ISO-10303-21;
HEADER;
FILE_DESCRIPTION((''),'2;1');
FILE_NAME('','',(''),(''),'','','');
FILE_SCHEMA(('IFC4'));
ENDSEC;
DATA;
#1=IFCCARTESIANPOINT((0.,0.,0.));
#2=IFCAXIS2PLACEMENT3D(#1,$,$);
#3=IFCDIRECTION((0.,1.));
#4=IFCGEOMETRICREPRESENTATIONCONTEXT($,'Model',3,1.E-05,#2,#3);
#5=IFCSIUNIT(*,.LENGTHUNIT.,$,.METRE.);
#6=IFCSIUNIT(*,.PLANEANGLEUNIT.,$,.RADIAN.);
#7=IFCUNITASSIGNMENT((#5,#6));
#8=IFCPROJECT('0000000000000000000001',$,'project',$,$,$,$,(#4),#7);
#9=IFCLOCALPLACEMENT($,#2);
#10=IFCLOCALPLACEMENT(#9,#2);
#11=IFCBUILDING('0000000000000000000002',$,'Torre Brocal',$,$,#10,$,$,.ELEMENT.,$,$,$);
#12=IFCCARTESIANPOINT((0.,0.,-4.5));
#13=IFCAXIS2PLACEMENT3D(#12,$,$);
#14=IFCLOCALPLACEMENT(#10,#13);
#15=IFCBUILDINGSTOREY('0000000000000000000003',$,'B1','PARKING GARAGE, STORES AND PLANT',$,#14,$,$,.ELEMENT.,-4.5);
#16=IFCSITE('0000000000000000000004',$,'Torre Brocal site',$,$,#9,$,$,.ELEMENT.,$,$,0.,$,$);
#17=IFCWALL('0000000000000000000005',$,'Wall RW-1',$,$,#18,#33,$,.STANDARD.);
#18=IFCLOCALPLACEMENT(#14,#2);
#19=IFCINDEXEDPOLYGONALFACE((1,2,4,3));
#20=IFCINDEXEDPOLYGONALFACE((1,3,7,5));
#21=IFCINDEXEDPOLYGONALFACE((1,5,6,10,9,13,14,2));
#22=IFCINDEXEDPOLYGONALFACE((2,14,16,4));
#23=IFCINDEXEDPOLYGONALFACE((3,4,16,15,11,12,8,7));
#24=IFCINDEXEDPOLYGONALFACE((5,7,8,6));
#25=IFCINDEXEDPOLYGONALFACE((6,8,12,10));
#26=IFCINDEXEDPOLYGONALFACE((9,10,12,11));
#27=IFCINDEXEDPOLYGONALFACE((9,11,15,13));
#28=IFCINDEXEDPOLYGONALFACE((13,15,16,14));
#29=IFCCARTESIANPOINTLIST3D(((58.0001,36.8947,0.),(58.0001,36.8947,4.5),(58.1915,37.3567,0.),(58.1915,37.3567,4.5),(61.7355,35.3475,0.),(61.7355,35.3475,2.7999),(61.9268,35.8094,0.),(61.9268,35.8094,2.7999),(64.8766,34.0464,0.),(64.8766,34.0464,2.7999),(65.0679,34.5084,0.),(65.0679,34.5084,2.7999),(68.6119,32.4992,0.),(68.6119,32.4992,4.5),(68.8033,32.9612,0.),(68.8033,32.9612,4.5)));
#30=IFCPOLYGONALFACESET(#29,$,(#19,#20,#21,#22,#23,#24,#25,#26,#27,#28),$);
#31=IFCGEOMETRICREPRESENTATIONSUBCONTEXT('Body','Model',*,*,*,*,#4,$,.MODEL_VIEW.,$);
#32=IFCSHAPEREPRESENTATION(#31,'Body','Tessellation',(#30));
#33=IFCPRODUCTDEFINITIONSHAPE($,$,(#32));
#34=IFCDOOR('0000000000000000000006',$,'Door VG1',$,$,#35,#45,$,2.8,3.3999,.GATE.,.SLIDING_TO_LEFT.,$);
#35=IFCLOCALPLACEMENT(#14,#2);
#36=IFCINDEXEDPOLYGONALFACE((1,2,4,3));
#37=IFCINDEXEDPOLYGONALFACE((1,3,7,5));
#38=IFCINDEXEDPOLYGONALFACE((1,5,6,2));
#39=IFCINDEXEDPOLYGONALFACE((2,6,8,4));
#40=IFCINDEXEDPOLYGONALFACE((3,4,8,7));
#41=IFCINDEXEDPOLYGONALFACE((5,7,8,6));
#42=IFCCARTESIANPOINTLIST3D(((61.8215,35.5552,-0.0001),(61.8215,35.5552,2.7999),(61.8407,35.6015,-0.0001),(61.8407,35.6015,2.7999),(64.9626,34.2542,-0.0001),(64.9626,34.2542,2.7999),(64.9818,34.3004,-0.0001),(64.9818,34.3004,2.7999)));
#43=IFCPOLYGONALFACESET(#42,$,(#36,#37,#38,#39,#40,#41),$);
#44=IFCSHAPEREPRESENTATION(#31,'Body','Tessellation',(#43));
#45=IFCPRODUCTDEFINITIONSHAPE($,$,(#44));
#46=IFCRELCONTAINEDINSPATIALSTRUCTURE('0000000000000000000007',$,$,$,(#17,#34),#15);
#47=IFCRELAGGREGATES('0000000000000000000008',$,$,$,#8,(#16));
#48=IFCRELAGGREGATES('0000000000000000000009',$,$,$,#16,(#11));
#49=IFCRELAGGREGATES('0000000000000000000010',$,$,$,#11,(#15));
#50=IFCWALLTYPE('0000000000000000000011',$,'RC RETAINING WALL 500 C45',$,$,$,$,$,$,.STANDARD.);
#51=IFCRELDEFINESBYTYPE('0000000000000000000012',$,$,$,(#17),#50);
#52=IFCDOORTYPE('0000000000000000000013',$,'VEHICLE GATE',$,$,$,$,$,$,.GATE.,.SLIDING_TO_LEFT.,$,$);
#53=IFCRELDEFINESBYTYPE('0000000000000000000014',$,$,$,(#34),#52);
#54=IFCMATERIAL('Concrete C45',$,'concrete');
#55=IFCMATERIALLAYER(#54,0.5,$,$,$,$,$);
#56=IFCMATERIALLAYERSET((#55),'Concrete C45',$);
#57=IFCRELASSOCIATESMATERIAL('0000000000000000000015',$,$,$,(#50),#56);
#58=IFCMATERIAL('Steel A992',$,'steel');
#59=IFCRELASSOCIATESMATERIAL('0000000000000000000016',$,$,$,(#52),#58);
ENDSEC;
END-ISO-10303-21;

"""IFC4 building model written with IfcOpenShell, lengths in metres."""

from ifc_helpers import new_model, si_unit, direction, frame, frame_2d, origin, place, context, subcontext, project, spatial, rectangle, extrude, material, layer, layer_set, type_object, element, fill, save


model = new_model("IFC4")

# Units and contexts
model_context = context("Model", 3, precision=1e-05, world=origin(), true_north=direction((0.0, 1.0)))
body_context = subcontext(model_context, "Body", "Model", "MODEL_VIEW")
ifc_project = project(units=[si_unit("LENGTHUNIT", "METRE"), si_unit("PLANEANGLEUNIT", "RADIAN")], contexts=[model_context])

# Site, building, storey
site_placement = place(None, origin())
site = spatial("IfcSite", under=ifc_project, at=site_placement, Name="Torre Brocal site", CompositionType="ELEMENT", RefElevation=0.0)
building_placement = place(site_placement, origin())
building = spatial("IfcBuilding", under=site, at=building_placement, Name="Torre Brocal", CompositionType="ELEMENT")
storey_placement = place(building_placement, frame((0.0, 0.0, -4.5)))
storey = spatial("IfcBuildingStorey", under=building, at=storey_placement, Name="B1", Description="PARKING GARAGE, STORES AND PLANT", CompositionType="ELEMENT", Elevation=-4.5)

# Shared definitions
ifc_material_1 = material(Name="Concrete C45", Category="concrete")
ifc_layer_1 = layer(ifc_material_1, 0.5)
ifc_layer_set_1 = layer_set([ifc_layer_1], Name="Concrete C45")
wall_type_1 = type_object("IfcWallType", Name="RC RETAINING WALL 500 C45", PredefinedType="STANDARD", material=ifc_layer_set_1)

# Wall, opening, door
wall_1_placement = place(storey_placement, frame((58.0957, 37.1257, 0.0), z_axis=(0.0, 0.0, 1.0), x_axis=(0.923881, -0.38268, 0.0)))
wall_1 = element("IfcWall", 1, at=wall_1_placement, inside=storey, type_object=wall_type_1, Name="Wall RW-1", PredefinedType="STANDARD", context=body_context, shape_type="SweptSolid", body=[
    extrude(rectangle(XDim=11.4861, YDim=0.5, at=frame_2d((5.7432, 0.0))), origin(), (0.0, 0.0, 1.0), 4.5),
])
opening_placement = place(wall_1_placement, frame((4.0432, 0.0, 0.0)))
opening = element("IfcOpeningElement", 2, at=opening_placement, cuts=wall_1, PredefinedType="OPENING", context=body_context, shape_type="SweptSolid", body=[
    extrude(rectangle(XDim=3.3999, YDim=2.8, at=frame_2d((1.7, 1.3999))), frame((0.0, 0.26, 0.0), z_axis=(0.0, -1.0, 0.0), x_axis=(1.0, 0.0, 0.0)), (0.0, 0.0, 1.0), 0.52),
])
ifc_material_2 = material(Name="Steel A992", Category="steel")
door_type = type_object("IfcDoorType", Name="VEHICLE GATE", OperationType="SLIDING_TO_LEFT", PredefinedType="GATE", material=ifc_material_2)
door_placement = place(opening_placement, origin())
door = element("IfcDoor", 3, at=door_placement, inside=storey, type_object=door_type, Name="Door VG1", OperationType="SLIDING_TO_LEFT", OverallHeight=2.8, OverallWidth=3.3999, PredefinedType="GATE", context=body_context, shape_type="SweptSolid", body=[
    extrude(rectangle(XDim=3.3999, YDim=2.8, at=frame_2d((1.7, 1.3999))), frame((0.0, 0.0249, 0.0), z_axis=(0.0, -1.0, 0.0), x_axis=(1.0, 0.0, 0.0)), (0.0, 0.0, 1.0), 0.05),
])
fill(opening, door)

save(model, "model.ifc")
